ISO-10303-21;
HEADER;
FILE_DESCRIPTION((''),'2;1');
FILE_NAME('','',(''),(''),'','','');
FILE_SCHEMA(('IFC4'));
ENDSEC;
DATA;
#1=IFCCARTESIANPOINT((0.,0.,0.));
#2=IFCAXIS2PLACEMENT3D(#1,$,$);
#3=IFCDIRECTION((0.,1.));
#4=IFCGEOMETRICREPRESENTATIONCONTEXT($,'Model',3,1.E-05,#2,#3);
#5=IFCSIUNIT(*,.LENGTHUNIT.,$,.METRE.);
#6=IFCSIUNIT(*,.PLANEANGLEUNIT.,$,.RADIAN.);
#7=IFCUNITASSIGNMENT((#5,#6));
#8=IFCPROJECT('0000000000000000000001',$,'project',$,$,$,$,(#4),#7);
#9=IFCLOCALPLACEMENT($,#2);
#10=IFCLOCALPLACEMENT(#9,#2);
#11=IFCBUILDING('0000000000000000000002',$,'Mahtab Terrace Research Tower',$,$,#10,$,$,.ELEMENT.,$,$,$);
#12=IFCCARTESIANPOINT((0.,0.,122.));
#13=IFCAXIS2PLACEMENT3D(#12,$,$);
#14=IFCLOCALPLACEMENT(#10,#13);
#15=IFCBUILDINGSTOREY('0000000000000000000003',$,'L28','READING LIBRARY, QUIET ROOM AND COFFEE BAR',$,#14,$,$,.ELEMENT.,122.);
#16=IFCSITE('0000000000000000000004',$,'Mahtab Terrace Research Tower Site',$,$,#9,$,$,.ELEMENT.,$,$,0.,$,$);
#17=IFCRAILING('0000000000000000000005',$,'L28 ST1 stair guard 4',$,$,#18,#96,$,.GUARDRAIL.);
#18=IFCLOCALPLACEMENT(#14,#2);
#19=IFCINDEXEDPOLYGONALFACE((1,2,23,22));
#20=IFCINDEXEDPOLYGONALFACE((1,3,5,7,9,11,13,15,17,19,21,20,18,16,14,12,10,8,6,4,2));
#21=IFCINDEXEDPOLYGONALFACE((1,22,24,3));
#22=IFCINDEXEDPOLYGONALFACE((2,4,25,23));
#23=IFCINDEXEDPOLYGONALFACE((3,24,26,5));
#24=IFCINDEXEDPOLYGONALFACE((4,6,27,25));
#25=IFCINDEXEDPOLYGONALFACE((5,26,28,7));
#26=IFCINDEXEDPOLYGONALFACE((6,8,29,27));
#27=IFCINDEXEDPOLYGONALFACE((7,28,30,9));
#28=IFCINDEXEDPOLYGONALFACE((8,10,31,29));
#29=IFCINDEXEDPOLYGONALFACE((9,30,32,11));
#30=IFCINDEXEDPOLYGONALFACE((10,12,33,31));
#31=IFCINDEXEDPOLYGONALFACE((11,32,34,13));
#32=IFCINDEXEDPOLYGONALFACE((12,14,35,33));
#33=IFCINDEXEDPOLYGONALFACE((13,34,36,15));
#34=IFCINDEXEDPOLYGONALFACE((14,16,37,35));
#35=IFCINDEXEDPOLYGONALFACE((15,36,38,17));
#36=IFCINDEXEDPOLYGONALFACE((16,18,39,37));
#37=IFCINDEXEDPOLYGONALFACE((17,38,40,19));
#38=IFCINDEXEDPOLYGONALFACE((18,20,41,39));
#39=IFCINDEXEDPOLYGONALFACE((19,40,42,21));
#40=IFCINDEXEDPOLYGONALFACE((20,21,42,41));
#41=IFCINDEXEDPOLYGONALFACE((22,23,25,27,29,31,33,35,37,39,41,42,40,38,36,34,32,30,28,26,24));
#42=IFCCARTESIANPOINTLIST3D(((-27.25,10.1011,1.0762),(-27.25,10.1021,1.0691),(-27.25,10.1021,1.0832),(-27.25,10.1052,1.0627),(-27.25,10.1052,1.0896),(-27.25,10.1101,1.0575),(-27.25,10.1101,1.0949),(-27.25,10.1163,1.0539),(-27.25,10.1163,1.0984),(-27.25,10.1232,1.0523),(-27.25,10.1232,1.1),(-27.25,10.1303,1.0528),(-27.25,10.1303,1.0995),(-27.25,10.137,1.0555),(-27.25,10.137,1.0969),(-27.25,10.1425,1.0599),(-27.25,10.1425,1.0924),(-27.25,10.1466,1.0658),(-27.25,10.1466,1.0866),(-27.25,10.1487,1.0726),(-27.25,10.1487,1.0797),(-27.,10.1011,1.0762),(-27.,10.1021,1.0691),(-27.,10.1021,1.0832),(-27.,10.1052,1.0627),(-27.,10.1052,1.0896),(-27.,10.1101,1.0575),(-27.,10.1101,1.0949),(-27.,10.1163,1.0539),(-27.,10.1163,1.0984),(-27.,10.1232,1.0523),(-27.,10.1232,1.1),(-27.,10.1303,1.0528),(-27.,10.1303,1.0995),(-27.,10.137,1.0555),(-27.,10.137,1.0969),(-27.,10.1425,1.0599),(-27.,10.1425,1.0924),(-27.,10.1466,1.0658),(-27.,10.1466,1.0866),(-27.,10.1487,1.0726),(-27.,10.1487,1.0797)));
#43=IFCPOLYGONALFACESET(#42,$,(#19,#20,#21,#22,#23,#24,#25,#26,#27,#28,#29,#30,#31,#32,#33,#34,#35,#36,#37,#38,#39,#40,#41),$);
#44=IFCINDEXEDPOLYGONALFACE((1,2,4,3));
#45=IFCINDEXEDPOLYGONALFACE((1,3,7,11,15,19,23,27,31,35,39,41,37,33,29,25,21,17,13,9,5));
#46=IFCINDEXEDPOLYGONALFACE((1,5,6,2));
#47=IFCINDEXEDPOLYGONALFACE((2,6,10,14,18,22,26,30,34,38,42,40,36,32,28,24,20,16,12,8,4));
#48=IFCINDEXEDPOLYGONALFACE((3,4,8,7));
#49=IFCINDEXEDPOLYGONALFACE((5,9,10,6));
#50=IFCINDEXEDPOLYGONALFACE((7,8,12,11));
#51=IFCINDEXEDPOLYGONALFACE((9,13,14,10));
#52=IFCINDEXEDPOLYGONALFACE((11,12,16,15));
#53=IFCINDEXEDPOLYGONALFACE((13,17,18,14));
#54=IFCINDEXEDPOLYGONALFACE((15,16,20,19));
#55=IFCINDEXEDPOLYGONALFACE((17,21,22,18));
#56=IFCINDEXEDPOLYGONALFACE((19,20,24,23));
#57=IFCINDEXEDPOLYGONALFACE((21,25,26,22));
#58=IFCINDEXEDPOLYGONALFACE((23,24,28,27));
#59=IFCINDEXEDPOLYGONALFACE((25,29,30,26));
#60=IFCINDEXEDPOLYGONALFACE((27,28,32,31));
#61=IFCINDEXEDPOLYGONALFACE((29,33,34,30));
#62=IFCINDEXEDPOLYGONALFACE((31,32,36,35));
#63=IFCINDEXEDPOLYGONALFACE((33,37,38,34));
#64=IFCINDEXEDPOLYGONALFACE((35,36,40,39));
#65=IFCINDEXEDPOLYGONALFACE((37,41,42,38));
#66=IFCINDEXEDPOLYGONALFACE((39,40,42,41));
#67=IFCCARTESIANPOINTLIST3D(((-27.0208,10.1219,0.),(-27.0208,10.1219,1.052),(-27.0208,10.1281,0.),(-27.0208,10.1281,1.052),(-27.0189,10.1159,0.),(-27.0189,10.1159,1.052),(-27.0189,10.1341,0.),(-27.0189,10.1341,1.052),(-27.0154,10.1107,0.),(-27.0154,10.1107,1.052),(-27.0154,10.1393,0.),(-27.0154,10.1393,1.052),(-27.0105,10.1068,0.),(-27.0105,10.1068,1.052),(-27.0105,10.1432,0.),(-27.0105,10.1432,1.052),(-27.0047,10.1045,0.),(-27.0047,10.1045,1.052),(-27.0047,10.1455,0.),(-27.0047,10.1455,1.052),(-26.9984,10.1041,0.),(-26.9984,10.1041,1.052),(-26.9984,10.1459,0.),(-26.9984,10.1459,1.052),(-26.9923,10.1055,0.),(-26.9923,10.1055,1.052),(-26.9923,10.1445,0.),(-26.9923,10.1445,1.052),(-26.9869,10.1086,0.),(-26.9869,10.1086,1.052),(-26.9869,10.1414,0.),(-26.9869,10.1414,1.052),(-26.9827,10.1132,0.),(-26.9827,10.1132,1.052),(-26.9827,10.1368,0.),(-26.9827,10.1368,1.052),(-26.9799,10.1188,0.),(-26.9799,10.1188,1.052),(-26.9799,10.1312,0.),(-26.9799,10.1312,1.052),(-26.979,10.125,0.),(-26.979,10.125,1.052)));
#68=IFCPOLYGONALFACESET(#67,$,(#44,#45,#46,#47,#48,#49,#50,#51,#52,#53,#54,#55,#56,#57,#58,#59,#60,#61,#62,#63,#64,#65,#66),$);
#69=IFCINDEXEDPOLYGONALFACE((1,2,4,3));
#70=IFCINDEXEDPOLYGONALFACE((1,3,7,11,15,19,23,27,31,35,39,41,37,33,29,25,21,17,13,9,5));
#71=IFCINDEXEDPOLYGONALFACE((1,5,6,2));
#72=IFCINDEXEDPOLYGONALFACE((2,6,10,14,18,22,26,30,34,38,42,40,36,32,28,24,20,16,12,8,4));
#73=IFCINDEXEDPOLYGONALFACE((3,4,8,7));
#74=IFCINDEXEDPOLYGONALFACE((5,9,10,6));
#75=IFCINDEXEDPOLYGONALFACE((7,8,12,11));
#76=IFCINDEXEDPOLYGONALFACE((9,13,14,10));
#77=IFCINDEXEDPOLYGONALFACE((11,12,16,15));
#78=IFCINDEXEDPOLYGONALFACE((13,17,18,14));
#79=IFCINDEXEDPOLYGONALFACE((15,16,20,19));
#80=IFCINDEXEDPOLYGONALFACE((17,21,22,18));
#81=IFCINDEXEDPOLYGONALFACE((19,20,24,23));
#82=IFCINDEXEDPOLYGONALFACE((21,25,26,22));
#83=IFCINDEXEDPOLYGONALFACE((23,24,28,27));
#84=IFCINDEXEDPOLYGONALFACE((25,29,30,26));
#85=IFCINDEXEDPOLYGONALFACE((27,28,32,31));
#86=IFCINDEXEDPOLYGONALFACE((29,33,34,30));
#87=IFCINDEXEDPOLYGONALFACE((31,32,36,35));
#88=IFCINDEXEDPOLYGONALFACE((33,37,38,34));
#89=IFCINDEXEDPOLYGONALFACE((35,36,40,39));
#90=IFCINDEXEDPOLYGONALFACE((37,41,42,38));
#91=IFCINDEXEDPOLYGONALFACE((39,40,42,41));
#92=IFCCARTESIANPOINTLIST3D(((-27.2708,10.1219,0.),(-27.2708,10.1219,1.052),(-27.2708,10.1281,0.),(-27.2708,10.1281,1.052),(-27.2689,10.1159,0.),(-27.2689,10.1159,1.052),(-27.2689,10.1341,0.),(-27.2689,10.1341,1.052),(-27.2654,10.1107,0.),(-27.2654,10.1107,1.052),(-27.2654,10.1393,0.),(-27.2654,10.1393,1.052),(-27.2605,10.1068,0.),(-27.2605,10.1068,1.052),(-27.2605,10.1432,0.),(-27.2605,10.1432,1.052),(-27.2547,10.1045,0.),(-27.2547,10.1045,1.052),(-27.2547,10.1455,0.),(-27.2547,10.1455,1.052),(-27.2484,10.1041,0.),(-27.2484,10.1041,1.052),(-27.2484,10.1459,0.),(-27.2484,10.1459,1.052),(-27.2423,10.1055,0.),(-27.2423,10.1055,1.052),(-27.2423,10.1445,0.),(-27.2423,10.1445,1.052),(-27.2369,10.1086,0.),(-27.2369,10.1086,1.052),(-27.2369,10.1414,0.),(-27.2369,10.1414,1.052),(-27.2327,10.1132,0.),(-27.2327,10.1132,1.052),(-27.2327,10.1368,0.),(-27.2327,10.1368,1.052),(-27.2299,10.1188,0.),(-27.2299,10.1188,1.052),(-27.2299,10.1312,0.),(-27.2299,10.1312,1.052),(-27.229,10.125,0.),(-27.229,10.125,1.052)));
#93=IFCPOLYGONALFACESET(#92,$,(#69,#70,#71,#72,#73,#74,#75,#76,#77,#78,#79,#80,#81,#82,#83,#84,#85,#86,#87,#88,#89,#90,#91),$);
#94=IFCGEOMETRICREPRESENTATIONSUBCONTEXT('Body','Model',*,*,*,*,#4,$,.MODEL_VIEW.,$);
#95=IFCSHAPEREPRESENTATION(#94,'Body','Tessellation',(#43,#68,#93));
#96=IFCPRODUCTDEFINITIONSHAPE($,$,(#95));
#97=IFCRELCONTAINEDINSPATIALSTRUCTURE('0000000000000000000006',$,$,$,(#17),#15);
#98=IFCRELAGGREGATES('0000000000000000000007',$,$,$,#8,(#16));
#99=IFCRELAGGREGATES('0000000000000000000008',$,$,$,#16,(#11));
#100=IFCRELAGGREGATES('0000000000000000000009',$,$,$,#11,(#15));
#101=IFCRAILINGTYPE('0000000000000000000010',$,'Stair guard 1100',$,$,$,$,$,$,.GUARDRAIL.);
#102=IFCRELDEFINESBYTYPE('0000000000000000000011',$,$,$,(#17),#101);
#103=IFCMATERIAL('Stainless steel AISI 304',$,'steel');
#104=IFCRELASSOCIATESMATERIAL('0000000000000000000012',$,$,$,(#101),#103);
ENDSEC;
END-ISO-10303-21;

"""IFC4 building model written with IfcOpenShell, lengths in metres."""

from ifc_helpers import new_model, si_unit, direction, frame, origin, origin_2d, place, context, subcontext, project, spatial, circle, extrude, material, type_object, element, save


model = new_model("IFC4")

# Units and contexts
model_context = context("Model", 3, precision=1e-05, world=origin(), true_north=direction((0.0, 1.0)))
body_context = subcontext(model_context, "Body", "Model", "MODEL_VIEW")
ifc_project = project(units=[si_unit("LENGTHUNIT", "METRE"), si_unit("PLANEANGLEUNIT", "RADIAN")], contexts=[model_context])

# Site, building, storey
site_placement = place(None, origin())
site = spatial("IfcSite", under=ifc_project, at=site_placement, Name="Mahtab Terrace Research Tower Site", CompositionType="ELEMENT", RefElevation=0.0)
building_placement = place(site_placement, origin())
building = spatial("IfcBuilding", under=site, at=building_placement, Name="Mahtab Terrace Research Tower", CompositionType="ELEMENT")
storey_placement = place(building_placement, frame((0.0, 0.0, 122.0)))
storey = spatial("IfcBuildingStorey", under=building, at=storey_placement, Name="L28", Description="READING LIBRARY, QUIET ROOM AND COFFEE BAR", CompositionType="ELEMENT", Elevation=122.0)

# Shared definitions
ifc_material_1 = material(Name="Stainless steel AISI 304", Category="steel")

# Railing
railing_type_1 = type_object("IfcRailingType", Name="Stair guard 1100", PredefinedType="GUARDRAIL", material=ifc_material_1)
railing_1_placement = place(storey_placement, frame((-27.0, 10.125, 0.0)))
element("IfcRailing", 1, at=railing_1_placement, inside=storey, type_object=railing_type_1, Name="L28 ST1 stair guard 4", PredefinedType="GUARDRAIL", context=body_context, shape_type="SweptSolid", body=[
    extrude(circle(Radius=0.0239, at=origin_2d()), frame((0.0, 0.0, 1.0762), z_axis=(-1.0, 0.0, 0.0), x_axis=(0.0, -1.0, 0.0)), (0.0, 0.0, 1.0), 0.25),
    extrude(circle(Radius=0.021, at=origin_2d()), origin(), (0.0, 0.0, 1.0), 1.052),
    extrude(circle(Radius=0.021, at=origin_2d()), frame((-0.25, 0.0, 0.0)), (0.0, 0.0, 1.0), 1.052),
])

save(model, "model.ifc")
